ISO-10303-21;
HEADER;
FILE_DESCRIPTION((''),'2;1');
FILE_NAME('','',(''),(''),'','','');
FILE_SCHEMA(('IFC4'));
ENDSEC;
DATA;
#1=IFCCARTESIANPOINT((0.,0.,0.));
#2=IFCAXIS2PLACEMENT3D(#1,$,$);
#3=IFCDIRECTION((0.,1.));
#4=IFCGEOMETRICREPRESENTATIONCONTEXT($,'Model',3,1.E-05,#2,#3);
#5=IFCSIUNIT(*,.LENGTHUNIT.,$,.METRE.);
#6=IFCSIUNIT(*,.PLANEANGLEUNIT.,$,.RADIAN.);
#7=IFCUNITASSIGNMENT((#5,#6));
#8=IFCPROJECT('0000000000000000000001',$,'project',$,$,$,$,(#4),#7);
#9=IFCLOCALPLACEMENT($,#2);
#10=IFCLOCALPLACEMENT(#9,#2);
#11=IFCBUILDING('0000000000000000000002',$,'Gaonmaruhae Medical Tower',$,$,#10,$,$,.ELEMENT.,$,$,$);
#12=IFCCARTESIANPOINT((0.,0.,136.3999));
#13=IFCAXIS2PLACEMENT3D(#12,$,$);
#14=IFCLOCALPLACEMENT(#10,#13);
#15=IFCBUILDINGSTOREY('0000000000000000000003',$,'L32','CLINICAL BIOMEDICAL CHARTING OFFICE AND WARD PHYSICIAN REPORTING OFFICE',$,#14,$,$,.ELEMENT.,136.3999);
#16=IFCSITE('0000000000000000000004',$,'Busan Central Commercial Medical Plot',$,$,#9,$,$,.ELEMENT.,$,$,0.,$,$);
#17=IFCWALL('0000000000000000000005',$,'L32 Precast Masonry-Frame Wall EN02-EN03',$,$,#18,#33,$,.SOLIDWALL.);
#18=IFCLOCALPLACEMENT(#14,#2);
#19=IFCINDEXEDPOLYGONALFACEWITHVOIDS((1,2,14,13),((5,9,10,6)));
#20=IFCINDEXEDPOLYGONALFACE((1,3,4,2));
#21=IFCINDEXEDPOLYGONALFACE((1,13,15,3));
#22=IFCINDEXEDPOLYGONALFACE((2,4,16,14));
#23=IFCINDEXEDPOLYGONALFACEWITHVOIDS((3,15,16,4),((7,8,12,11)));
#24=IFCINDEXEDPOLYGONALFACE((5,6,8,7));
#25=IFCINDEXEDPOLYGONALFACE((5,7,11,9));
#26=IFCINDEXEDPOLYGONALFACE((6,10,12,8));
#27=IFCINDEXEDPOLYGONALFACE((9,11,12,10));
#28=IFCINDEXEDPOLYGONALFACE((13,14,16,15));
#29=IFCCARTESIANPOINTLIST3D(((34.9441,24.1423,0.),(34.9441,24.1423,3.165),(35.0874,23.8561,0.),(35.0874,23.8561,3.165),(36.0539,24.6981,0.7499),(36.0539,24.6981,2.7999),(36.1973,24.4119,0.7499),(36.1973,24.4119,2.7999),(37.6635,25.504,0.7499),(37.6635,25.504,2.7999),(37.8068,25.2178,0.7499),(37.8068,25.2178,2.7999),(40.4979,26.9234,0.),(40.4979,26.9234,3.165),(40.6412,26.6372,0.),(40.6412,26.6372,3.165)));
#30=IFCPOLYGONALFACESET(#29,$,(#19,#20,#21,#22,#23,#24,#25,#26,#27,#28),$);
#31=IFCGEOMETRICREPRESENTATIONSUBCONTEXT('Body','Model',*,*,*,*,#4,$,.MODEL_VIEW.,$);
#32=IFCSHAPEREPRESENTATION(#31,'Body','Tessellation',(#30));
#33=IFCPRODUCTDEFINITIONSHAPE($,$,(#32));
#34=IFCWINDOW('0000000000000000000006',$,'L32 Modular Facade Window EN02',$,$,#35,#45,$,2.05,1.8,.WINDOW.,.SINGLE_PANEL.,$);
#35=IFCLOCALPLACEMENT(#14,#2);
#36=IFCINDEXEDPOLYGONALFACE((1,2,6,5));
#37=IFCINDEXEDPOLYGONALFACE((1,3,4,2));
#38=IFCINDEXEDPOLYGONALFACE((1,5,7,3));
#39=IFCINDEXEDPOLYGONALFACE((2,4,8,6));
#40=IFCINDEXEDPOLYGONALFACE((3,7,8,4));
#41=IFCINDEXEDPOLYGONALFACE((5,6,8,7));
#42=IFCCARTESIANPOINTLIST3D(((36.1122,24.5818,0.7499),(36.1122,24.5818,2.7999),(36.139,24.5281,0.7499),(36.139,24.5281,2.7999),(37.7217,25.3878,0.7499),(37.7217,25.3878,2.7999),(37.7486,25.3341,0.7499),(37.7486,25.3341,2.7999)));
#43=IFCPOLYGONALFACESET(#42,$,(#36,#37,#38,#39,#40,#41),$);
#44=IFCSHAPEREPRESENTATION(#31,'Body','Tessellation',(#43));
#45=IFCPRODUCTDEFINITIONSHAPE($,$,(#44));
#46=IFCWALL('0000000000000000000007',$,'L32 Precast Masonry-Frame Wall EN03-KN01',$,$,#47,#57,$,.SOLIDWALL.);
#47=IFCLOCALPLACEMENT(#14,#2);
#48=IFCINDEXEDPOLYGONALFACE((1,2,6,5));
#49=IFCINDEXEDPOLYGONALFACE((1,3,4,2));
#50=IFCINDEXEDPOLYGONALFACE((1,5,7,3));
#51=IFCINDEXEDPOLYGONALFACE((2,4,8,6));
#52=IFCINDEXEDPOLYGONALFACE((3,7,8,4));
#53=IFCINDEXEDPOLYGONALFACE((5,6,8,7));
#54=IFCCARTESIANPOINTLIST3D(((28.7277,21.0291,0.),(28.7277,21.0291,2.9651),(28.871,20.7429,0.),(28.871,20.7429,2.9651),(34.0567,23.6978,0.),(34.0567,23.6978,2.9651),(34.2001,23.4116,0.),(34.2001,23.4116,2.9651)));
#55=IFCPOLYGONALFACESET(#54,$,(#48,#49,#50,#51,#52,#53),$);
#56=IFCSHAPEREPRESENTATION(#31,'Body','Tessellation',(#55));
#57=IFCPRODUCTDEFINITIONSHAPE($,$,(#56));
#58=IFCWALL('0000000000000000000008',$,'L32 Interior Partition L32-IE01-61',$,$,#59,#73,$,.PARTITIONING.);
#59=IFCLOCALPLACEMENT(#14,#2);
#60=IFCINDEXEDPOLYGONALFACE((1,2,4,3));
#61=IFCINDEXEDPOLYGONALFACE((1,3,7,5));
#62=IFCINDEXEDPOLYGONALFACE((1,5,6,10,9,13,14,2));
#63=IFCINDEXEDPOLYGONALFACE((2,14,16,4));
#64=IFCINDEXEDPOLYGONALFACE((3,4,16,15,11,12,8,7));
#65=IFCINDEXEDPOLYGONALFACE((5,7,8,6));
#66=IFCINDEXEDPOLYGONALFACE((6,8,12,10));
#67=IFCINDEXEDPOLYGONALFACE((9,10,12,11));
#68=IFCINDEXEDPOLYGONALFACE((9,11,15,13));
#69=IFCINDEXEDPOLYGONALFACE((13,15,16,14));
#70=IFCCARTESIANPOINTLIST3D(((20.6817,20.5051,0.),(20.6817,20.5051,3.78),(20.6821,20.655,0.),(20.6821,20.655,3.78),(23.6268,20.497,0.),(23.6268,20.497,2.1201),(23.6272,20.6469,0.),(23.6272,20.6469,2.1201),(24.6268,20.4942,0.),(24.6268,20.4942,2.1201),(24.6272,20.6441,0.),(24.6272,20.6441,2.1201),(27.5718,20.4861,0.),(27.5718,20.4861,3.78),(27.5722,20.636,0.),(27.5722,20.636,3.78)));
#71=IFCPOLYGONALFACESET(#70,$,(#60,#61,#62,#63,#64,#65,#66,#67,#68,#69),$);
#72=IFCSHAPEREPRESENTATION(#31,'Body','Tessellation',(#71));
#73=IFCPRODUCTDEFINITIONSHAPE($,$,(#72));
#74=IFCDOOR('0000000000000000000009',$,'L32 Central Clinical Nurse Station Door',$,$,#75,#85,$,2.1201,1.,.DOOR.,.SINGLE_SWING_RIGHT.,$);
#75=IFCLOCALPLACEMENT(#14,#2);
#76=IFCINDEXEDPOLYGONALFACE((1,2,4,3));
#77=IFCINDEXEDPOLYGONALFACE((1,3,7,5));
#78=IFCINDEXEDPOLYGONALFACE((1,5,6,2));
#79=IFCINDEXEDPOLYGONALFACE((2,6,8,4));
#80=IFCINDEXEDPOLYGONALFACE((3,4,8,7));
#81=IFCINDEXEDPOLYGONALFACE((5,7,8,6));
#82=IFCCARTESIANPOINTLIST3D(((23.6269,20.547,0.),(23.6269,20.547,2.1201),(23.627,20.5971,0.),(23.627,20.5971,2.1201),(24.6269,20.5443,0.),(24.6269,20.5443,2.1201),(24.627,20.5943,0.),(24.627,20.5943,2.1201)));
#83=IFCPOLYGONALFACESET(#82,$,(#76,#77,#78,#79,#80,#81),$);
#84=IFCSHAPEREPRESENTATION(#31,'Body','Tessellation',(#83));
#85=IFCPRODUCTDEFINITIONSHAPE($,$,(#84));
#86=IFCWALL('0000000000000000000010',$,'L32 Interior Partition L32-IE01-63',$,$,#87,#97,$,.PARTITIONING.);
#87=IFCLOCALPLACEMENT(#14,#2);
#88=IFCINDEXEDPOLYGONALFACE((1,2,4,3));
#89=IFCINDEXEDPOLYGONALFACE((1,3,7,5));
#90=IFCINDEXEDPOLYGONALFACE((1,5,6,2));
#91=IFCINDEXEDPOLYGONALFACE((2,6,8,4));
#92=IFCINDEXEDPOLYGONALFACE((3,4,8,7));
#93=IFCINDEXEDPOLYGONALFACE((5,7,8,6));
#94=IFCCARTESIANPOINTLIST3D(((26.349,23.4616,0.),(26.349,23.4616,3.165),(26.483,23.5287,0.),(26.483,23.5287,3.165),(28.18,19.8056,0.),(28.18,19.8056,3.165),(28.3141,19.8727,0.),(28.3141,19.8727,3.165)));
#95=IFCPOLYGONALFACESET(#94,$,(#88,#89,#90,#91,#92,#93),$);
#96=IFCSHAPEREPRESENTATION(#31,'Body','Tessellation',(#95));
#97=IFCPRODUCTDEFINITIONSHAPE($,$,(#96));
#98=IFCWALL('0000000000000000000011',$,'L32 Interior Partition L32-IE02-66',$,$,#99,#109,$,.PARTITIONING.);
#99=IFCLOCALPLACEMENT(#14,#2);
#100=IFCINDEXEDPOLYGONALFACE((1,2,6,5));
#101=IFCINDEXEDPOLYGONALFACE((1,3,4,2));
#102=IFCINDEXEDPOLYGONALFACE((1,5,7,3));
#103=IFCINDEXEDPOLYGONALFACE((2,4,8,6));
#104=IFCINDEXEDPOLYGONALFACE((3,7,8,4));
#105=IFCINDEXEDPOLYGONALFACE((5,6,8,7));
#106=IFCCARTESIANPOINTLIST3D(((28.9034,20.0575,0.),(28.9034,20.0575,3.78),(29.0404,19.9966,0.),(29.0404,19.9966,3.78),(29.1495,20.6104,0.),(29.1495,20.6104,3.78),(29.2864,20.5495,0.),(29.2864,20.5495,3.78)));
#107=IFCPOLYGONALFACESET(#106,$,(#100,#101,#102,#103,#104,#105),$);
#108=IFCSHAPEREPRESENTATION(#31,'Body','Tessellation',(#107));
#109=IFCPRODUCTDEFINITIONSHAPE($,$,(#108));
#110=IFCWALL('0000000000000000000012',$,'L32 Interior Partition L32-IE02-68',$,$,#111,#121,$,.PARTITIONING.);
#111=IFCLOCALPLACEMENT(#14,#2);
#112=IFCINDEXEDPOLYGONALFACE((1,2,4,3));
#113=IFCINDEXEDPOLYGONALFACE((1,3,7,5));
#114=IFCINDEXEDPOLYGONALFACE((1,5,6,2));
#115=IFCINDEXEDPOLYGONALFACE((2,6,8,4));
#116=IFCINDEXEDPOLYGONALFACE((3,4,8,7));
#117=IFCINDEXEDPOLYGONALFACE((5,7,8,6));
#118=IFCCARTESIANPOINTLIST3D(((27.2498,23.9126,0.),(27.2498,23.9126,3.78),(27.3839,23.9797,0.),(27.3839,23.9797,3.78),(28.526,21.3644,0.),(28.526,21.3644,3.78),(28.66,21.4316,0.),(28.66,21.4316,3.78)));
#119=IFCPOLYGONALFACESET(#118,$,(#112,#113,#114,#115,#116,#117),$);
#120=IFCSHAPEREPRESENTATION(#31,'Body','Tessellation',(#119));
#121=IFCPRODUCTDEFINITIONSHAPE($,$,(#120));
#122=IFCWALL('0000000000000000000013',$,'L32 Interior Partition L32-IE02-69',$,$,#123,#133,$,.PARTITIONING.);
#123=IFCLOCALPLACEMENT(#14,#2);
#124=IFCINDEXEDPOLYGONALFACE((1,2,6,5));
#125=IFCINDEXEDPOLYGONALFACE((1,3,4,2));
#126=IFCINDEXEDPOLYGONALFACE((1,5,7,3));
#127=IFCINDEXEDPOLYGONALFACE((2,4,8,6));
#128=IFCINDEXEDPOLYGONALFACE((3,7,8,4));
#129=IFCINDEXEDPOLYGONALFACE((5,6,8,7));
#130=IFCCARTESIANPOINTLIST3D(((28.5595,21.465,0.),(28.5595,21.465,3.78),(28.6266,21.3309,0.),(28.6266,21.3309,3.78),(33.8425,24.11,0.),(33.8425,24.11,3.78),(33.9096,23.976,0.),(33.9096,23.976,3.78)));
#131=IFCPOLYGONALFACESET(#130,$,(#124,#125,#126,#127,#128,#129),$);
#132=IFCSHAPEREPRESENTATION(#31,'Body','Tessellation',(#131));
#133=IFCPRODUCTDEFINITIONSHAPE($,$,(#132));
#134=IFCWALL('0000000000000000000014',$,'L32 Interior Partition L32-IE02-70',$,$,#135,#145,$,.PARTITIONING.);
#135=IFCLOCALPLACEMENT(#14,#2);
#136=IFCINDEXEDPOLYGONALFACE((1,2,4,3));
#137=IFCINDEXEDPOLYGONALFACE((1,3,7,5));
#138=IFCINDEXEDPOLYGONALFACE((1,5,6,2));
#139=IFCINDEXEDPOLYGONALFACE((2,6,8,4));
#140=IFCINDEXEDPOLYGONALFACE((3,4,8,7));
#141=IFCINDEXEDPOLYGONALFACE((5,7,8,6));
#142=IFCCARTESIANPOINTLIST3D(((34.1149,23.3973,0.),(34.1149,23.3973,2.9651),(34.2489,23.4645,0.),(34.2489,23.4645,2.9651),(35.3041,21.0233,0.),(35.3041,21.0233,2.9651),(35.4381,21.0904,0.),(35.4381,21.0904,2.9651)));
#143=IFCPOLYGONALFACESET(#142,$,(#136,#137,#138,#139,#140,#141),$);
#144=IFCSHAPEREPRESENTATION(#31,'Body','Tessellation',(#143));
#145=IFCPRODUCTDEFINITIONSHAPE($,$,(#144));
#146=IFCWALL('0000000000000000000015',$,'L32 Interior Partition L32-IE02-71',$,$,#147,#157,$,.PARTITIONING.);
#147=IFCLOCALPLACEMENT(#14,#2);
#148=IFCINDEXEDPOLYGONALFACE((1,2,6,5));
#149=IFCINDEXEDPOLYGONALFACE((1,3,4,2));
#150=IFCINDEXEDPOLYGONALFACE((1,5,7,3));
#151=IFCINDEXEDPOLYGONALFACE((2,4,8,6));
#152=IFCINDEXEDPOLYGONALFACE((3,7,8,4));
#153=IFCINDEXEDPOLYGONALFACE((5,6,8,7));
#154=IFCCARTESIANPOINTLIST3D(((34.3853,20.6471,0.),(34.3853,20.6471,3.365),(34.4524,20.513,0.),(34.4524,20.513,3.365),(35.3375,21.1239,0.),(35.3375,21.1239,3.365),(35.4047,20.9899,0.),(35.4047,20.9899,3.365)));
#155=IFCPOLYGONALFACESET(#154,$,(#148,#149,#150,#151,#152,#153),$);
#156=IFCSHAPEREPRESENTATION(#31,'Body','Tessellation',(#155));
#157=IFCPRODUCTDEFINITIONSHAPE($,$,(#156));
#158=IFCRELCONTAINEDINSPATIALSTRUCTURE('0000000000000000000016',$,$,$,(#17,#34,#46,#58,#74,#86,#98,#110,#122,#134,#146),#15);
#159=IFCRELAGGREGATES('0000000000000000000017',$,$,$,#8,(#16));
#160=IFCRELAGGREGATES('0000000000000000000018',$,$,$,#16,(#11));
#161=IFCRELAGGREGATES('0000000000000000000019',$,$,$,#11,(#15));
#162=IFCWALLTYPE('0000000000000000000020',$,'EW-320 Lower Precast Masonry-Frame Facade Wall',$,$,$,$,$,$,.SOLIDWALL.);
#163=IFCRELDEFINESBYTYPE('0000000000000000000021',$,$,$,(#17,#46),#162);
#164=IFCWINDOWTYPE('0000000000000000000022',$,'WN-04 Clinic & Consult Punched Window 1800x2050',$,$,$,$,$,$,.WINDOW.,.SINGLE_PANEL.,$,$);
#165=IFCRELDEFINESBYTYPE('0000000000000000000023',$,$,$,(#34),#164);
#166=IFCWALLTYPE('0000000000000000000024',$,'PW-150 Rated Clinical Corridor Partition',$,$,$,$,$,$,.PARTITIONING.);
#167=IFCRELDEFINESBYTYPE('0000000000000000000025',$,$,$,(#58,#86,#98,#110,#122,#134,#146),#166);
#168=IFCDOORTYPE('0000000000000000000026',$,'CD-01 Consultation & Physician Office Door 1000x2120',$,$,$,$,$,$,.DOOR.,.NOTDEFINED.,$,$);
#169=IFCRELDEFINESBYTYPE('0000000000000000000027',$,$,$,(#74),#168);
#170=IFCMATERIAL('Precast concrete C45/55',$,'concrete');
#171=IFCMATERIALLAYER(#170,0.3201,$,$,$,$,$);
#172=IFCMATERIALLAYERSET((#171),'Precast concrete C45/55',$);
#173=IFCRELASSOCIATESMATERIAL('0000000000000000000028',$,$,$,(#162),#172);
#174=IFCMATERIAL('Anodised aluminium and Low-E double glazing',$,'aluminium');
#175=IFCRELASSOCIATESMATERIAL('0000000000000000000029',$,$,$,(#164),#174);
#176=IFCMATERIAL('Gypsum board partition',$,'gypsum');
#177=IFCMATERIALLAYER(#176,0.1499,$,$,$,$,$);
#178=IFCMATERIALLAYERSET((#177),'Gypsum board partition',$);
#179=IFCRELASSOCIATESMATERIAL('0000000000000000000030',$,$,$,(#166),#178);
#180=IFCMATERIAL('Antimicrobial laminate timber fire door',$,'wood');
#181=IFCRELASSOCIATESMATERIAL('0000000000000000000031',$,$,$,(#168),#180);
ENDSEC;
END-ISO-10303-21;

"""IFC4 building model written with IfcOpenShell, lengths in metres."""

from ifc_helpers import new_model, si_unit, direction, frame, frame_2d, origin, place, context, subcontext, project, spatial, rectangle, extrude, material, layer, layer_set, type_object, element, fill, save


model = new_model("IFC4")

# Units and contexts
model_context = context("Model", 3, precision=1e-05, world=origin(), true_north=direction((0.0, 1.0)))
body_context = subcontext(model_context, "Body", "Model", "MODEL_VIEW")
ifc_project = project(units=[si_unit("LENGTHUNIT", "METRE"), si_unit("PLANEANGLEUNIT", "RADIAN")], contexts=[model_context])

# Site, building, storey
site_placement = place(None, origin())
site = spatial("IfcSite", under=ifc_project, at=site_placement, Name="Busan Central Commercial Medical Plot", CompositionType="ELEMENT", RefElevation=0.0)
building_placement = place(site_placement, origin())
building = spatial("IfcBuilding", under=site, at=building_placement, Name="Gaonmaruhae Medical Tower", CompositionType="ELEMENT")
storey_placement = place(building_placement, frame((0.0, 0.0, 136.3999)))
storey = spatial("IfcBuildingStorey", under=building, at=storey_placement, Name="L32", Description="CLINICAL BIOMEDICAL CHARTING OFFICE AND WARD PHYSICIAN REPORTING OFFICE", CompositionType="ELEMENT", Elevation=136.3999)

# Wall, opening, window
ifc_material_1 = material(Name="Precast concrete C45/55", Category="concrete")
ifc_layer_1 = layer(ifc_material_1, 0.3201)
ifc_layer_set_1 = layer_set([ifc_layer_1], Name="Precast concrete C45/55")
wall_type_1 = type_object("IfcWallType", Name="EW-320 Lower Precast Masonry-Frame Facade Wall", PredefinedType="SOLIDWALL", material=ifc_layer_set_1)
wall_1_placement = place(storey_placement, frame((35.0159, 23.9993, 0.0), z_axis=(0.0, 0.0, 1.0), x_axis=(0.89416, 0.447748, 0.0)))
wall_1 = element("IfcWall", 1, at=wall_1_placement, inside=storey, type_object=wall_type_1, Name="L32 Precast Masonry-Frame Wall EN02-EN03", PredefinedType="SOLIDWALL", context=body_context, shape_type="SweptSolid", body=[
    extrude(rectangle(XDim=6.2112, YDim=0.3201, at=frame_2d((3.1055, 0.0))), origin(), (0.0, 0.0, 1.0), 3.165),
])
opening_1_placement = place(wall_1_placement, frame((1.2412, 0.0, 0.75)))
opening_1 = element("IfcOpeningElement", 2, at=opening_1_placement, cuts=wall_1, PredefinedType="OPENING", context=body_context, shape_type="SweptSolid", body=[
    extrude(rectangle(XDim=1.8, YDim=2.05, at=frame_2d((0.8999, 1.0249))), frame((0.0, 0.1699, 0.0), z_axis=(0.0, -1.0, 0.0), x_axis=(1.0, 0.0, 0.0)), (0.0, 0.0, 1.0), 0.3401),
])
ifc_material_2 = material(Name="Anodised aluminium and Low-E double glazing", Category="aluminium")
window_type = type_object("IfcWindowType", Name="WN-04 Clinic & Consult Punched Window 1800x2050", PartitioningType="SINGLE_PANEL", PredefinedType="WINDOW", material=ifc_material_2)
window_placement = place(opening_1_placement, origin())
window = element("IfcWindow", 3, at=window_placement, inside=storey, type_object=window_type, Name="L32 Modular Facade Window EN02", OverallHeight=2.05, OverallWidth=1.8, PartitioningType="SINGLE_PANEL", PredefinedType="WINDOW", context=body_context, shape_type="SweptSolid", body=[
    extrude(rectangle(XDim=1.8, YDim=2.05, at=frame_2d((0.8999, 1.0249))), frame((0.0, 0.03, 0.0), z_axis=(0.0, -1.0, 0.0), x_axis=(1.0, 0.0, 0.0)), (0.0, 0.0, 1.0), 0.0601),
])
fill(opening_1, window)

# Wall
wall_2_placement = place(storey_placement, frame((28.7993, 20.886, 0.0), z_axis=(0.0, 0.0, 1.0), x_axis=(0.894148, 0.447771, 0.0)))
element("IfcWall", 4, at=wall_2_placement, inside=storey, type_object=wall_type_1, Name="L32 Precast Masonry-Frame Wall EN03-KN01", PredefinedType="SOLIDWALL", context=body_context, shape_type="SweptSolid", body=[
    extrude(rectangle(XDim=5.96, YDim=0.3201, at=frame_2d((2.98, 0.0))), origin(), (0.0, 0.0, 1.0), 2.9651),
])

# Wall, opening, door
ifc_material_3 = material(Name="Gypsum board partition", Category="gypsum")
ifc_layer_2 = layer(ifc_material_3, 0.1499)
ifc_layer_set_2 = layer_set([ifc_layer_2], Name="Gypsum board partition")
wall_type_2 = type_object("IfcWallType", Name="PW-150 Rated Clinical Corridor Partition", PredefinedType="PARTITIONING", material=ifc_layer_set_2)
wall_3_placement = place(storey_placement, frame((27.572, 20.561, 0.0), z_axis=(0.0, 0.0, 1.0), x_axis=(-0.999996, 0.002764, 0.0)))
wall_3 = element("IfcWall", 5, at=wall_3_placement, inside=storey, type_object=wall_type_2, Name="L32 Interior Partition L32-IE01-61", PredefinedType="PARTITIONING", context=body_context, shape_type="SweptSolid", body=[
    extrude(rectangle(XDim=6.8901, YDim=0.1499, at=frame_2d((3.4451, 0.0))), origin(), (0.0, 0.0, 1.0), 3.78),
])
opening_2_placement = place(wall_3_placement, frame((2.9451, 0.0, 0.0)))
opening_2 = element("IfcOpeningElement", 6, at=opening_2_placement, cuts=wall_3, PredefinedType="OPENING", context=body_context, shape_type="SweptSolid", body=[
    extrude(rectangle(XDim=1.0, YDim=2.1201, at=frame_2d((0.5, 1.0601))), frame((0.0, 0.085, 0.0), z_axis=(0.0, -1.0, 0.0), x_axis=(1.0, 0.0, 0.0)), (0.0, 0.0, 1.0), 0.1699),
])
ifc_material_4 = material(Name="Antimicrobial laminate timber fire door", Category="wood")
door_type = type_object("IfcDoorType", Name="CD-01 Consultation & Physician Office Door 1000x2120", OperationType="NOTDEFINED", PredefinedType="DOOR", material=ifc_material_4)
door_1_placement = place(opening_2_placement, origin())
door_1 = element("IfcDoor", 7, at=door_1_placement, inside=storey, type_object=door_type, Name="L32 Central Clinical Nurse Station Door", OperationType="SINGLE_SWING_RIGHT", OverallHeight=2.1201, OverallWidth=1.0, PredefinedType="DOOR", context=body_context, shape_type="SweptSolid", body=[
    extrude(rectangle(XDim=1.0, YDim=2.1201, at=frame_2d((0.5, 1.0601))), frame((0.0, 0.0249, 0.0), z_axis=(0.0, -1.0, 0.0), x_axis=(1.0, 0.0, 0.0)), (0.0, 0.0, 1.0), 0.05),
])
fill(opening_2, door_1)

# Walls
wall_4_placement = place(storey_placement, frame((26.416, 23.4951, 0.0), z_axis=(0.0, 0.0, 1.0), x_axis=(0.447811, -0.894128, 0.0)))
element("IfcWall", 8, at=wall_4_placement, inside=storey, type_object=wall_type_2, Name="L32 Interior Partition L32-IE01-63", PredefinedType="PARTITIONING", context=body_context, shape_type="SweptSolid", body=[
    extrude(rectangle(XDim=4.0889, YDim=0.1499, at=frame_2d((2.0444, 0.0))), origin(), (0.0, 0.0, 1.0), 3.165),
])
wall_5_placement = place(storey_placement, frame((29.218, 20.5801, 0.0), z_axis=(0.0, 0.0, 1.0), x_axis=(-0.406588, -0.913612, 0.0)))
element("IfcWall", 9, at=wall_5_placement, inside=storey, type_object=wall_type_2, Name="L32 Interior Partition L32-IE02-66", PredefinedType="PARTITIONING", context=body_context, shape_type="SweptSolid", body=[
    extrude(rectangle(XDim=0.6052, YDim=0.1499, at=frame_2d((0.3027, 0.0))), origin(), (0.0, 0.0, 1.0), 3.78),
])
wall_6_placement = place(storey_placement, frame((27.3169, 23.946, 0.0), z_axis=(0.0, 0.0, 1.0), x_axis=(0.447796, -0.894136, 0.0)))
element("IfcWall", 10, at=wall_6_placement, inside=storey, type_object=wall_type_2, Name="L32 Interior Partition L32-IE02-68", PredefinedType="PARTITIONING", context=body_context, shape_type="SweptSolid", body=[
    extrude(rectangle(XDim=2.8499, YDim=0.1499, at=frame_2d((1.4248, 0.0))), origin(), (0.0, 0.0, 1.0), 3.78),
])
wall_7_placement = place(storey_placement, frame((28.593, 21.3979, 0.0), z_axis=(0.0, 0.0, 1.0), x_axis=(0.894187, 0.447693, 0.0)))
element("IfcWall", 11, at=wall_7_placement, inside=storey, type_object=wall_type_2, Name="L32 Interior Partition L32-IE02-69", PredefinedType="PARTITIONING", context=body_context, shape_type="SweptSolid", body=[
    extrude(rectangle(XDim=5.9082, YDim=0.1499, at=frame_2d((2.9541, 0.0))), origin(), (0.0, 0.0, 1.0), 3.78),
])
wall_8_placement = place(storey_placement, frame((34.1819, 23.4309, 0.0), z_axis=(0.0, 0.0, 1.0), x_axis=(0.447875, -0.894096, 0.0)))
element("IfcWall", 12, at=wall_8_placement, inside=storey, type_object=wall_type_2, Name="L32 Interior Partition L32-IE02-70", PredefinedType="PARTITIONING", context=body_context, shape_type="SweptSolid", body=[
    extrude(rectangle(XDim=2.6553, YDim=0.1499, at=frame_2d((1.3276, 0.0))), origin(), (0.0, 0.0, 1.0), 2.9651),
])
wall_9_placement = place(storey_placement, frame((35.3711, 21.0569, 0.0), z_axis=(0.0, 0.0, 1.0), x_axis=(-0.894152, -0.447764, 0.0)))
element("IfcWall", 13, at=wall_9_placement, inside=storey, type_object=wall_type_2, Name="L32 Interior Partition L32-IE02-71", PredefinedType="PARTITIONING", context=body_context, shape_type="SweptSolid", body=[
    extrude(rectangle(XDim=1.0649, YDim=0.1499, at=frame_2d((0.5325, 0.0))), origin(), (0.0, 0.0, 1.0), 3.365),
])

save(model, "model.ifc")
